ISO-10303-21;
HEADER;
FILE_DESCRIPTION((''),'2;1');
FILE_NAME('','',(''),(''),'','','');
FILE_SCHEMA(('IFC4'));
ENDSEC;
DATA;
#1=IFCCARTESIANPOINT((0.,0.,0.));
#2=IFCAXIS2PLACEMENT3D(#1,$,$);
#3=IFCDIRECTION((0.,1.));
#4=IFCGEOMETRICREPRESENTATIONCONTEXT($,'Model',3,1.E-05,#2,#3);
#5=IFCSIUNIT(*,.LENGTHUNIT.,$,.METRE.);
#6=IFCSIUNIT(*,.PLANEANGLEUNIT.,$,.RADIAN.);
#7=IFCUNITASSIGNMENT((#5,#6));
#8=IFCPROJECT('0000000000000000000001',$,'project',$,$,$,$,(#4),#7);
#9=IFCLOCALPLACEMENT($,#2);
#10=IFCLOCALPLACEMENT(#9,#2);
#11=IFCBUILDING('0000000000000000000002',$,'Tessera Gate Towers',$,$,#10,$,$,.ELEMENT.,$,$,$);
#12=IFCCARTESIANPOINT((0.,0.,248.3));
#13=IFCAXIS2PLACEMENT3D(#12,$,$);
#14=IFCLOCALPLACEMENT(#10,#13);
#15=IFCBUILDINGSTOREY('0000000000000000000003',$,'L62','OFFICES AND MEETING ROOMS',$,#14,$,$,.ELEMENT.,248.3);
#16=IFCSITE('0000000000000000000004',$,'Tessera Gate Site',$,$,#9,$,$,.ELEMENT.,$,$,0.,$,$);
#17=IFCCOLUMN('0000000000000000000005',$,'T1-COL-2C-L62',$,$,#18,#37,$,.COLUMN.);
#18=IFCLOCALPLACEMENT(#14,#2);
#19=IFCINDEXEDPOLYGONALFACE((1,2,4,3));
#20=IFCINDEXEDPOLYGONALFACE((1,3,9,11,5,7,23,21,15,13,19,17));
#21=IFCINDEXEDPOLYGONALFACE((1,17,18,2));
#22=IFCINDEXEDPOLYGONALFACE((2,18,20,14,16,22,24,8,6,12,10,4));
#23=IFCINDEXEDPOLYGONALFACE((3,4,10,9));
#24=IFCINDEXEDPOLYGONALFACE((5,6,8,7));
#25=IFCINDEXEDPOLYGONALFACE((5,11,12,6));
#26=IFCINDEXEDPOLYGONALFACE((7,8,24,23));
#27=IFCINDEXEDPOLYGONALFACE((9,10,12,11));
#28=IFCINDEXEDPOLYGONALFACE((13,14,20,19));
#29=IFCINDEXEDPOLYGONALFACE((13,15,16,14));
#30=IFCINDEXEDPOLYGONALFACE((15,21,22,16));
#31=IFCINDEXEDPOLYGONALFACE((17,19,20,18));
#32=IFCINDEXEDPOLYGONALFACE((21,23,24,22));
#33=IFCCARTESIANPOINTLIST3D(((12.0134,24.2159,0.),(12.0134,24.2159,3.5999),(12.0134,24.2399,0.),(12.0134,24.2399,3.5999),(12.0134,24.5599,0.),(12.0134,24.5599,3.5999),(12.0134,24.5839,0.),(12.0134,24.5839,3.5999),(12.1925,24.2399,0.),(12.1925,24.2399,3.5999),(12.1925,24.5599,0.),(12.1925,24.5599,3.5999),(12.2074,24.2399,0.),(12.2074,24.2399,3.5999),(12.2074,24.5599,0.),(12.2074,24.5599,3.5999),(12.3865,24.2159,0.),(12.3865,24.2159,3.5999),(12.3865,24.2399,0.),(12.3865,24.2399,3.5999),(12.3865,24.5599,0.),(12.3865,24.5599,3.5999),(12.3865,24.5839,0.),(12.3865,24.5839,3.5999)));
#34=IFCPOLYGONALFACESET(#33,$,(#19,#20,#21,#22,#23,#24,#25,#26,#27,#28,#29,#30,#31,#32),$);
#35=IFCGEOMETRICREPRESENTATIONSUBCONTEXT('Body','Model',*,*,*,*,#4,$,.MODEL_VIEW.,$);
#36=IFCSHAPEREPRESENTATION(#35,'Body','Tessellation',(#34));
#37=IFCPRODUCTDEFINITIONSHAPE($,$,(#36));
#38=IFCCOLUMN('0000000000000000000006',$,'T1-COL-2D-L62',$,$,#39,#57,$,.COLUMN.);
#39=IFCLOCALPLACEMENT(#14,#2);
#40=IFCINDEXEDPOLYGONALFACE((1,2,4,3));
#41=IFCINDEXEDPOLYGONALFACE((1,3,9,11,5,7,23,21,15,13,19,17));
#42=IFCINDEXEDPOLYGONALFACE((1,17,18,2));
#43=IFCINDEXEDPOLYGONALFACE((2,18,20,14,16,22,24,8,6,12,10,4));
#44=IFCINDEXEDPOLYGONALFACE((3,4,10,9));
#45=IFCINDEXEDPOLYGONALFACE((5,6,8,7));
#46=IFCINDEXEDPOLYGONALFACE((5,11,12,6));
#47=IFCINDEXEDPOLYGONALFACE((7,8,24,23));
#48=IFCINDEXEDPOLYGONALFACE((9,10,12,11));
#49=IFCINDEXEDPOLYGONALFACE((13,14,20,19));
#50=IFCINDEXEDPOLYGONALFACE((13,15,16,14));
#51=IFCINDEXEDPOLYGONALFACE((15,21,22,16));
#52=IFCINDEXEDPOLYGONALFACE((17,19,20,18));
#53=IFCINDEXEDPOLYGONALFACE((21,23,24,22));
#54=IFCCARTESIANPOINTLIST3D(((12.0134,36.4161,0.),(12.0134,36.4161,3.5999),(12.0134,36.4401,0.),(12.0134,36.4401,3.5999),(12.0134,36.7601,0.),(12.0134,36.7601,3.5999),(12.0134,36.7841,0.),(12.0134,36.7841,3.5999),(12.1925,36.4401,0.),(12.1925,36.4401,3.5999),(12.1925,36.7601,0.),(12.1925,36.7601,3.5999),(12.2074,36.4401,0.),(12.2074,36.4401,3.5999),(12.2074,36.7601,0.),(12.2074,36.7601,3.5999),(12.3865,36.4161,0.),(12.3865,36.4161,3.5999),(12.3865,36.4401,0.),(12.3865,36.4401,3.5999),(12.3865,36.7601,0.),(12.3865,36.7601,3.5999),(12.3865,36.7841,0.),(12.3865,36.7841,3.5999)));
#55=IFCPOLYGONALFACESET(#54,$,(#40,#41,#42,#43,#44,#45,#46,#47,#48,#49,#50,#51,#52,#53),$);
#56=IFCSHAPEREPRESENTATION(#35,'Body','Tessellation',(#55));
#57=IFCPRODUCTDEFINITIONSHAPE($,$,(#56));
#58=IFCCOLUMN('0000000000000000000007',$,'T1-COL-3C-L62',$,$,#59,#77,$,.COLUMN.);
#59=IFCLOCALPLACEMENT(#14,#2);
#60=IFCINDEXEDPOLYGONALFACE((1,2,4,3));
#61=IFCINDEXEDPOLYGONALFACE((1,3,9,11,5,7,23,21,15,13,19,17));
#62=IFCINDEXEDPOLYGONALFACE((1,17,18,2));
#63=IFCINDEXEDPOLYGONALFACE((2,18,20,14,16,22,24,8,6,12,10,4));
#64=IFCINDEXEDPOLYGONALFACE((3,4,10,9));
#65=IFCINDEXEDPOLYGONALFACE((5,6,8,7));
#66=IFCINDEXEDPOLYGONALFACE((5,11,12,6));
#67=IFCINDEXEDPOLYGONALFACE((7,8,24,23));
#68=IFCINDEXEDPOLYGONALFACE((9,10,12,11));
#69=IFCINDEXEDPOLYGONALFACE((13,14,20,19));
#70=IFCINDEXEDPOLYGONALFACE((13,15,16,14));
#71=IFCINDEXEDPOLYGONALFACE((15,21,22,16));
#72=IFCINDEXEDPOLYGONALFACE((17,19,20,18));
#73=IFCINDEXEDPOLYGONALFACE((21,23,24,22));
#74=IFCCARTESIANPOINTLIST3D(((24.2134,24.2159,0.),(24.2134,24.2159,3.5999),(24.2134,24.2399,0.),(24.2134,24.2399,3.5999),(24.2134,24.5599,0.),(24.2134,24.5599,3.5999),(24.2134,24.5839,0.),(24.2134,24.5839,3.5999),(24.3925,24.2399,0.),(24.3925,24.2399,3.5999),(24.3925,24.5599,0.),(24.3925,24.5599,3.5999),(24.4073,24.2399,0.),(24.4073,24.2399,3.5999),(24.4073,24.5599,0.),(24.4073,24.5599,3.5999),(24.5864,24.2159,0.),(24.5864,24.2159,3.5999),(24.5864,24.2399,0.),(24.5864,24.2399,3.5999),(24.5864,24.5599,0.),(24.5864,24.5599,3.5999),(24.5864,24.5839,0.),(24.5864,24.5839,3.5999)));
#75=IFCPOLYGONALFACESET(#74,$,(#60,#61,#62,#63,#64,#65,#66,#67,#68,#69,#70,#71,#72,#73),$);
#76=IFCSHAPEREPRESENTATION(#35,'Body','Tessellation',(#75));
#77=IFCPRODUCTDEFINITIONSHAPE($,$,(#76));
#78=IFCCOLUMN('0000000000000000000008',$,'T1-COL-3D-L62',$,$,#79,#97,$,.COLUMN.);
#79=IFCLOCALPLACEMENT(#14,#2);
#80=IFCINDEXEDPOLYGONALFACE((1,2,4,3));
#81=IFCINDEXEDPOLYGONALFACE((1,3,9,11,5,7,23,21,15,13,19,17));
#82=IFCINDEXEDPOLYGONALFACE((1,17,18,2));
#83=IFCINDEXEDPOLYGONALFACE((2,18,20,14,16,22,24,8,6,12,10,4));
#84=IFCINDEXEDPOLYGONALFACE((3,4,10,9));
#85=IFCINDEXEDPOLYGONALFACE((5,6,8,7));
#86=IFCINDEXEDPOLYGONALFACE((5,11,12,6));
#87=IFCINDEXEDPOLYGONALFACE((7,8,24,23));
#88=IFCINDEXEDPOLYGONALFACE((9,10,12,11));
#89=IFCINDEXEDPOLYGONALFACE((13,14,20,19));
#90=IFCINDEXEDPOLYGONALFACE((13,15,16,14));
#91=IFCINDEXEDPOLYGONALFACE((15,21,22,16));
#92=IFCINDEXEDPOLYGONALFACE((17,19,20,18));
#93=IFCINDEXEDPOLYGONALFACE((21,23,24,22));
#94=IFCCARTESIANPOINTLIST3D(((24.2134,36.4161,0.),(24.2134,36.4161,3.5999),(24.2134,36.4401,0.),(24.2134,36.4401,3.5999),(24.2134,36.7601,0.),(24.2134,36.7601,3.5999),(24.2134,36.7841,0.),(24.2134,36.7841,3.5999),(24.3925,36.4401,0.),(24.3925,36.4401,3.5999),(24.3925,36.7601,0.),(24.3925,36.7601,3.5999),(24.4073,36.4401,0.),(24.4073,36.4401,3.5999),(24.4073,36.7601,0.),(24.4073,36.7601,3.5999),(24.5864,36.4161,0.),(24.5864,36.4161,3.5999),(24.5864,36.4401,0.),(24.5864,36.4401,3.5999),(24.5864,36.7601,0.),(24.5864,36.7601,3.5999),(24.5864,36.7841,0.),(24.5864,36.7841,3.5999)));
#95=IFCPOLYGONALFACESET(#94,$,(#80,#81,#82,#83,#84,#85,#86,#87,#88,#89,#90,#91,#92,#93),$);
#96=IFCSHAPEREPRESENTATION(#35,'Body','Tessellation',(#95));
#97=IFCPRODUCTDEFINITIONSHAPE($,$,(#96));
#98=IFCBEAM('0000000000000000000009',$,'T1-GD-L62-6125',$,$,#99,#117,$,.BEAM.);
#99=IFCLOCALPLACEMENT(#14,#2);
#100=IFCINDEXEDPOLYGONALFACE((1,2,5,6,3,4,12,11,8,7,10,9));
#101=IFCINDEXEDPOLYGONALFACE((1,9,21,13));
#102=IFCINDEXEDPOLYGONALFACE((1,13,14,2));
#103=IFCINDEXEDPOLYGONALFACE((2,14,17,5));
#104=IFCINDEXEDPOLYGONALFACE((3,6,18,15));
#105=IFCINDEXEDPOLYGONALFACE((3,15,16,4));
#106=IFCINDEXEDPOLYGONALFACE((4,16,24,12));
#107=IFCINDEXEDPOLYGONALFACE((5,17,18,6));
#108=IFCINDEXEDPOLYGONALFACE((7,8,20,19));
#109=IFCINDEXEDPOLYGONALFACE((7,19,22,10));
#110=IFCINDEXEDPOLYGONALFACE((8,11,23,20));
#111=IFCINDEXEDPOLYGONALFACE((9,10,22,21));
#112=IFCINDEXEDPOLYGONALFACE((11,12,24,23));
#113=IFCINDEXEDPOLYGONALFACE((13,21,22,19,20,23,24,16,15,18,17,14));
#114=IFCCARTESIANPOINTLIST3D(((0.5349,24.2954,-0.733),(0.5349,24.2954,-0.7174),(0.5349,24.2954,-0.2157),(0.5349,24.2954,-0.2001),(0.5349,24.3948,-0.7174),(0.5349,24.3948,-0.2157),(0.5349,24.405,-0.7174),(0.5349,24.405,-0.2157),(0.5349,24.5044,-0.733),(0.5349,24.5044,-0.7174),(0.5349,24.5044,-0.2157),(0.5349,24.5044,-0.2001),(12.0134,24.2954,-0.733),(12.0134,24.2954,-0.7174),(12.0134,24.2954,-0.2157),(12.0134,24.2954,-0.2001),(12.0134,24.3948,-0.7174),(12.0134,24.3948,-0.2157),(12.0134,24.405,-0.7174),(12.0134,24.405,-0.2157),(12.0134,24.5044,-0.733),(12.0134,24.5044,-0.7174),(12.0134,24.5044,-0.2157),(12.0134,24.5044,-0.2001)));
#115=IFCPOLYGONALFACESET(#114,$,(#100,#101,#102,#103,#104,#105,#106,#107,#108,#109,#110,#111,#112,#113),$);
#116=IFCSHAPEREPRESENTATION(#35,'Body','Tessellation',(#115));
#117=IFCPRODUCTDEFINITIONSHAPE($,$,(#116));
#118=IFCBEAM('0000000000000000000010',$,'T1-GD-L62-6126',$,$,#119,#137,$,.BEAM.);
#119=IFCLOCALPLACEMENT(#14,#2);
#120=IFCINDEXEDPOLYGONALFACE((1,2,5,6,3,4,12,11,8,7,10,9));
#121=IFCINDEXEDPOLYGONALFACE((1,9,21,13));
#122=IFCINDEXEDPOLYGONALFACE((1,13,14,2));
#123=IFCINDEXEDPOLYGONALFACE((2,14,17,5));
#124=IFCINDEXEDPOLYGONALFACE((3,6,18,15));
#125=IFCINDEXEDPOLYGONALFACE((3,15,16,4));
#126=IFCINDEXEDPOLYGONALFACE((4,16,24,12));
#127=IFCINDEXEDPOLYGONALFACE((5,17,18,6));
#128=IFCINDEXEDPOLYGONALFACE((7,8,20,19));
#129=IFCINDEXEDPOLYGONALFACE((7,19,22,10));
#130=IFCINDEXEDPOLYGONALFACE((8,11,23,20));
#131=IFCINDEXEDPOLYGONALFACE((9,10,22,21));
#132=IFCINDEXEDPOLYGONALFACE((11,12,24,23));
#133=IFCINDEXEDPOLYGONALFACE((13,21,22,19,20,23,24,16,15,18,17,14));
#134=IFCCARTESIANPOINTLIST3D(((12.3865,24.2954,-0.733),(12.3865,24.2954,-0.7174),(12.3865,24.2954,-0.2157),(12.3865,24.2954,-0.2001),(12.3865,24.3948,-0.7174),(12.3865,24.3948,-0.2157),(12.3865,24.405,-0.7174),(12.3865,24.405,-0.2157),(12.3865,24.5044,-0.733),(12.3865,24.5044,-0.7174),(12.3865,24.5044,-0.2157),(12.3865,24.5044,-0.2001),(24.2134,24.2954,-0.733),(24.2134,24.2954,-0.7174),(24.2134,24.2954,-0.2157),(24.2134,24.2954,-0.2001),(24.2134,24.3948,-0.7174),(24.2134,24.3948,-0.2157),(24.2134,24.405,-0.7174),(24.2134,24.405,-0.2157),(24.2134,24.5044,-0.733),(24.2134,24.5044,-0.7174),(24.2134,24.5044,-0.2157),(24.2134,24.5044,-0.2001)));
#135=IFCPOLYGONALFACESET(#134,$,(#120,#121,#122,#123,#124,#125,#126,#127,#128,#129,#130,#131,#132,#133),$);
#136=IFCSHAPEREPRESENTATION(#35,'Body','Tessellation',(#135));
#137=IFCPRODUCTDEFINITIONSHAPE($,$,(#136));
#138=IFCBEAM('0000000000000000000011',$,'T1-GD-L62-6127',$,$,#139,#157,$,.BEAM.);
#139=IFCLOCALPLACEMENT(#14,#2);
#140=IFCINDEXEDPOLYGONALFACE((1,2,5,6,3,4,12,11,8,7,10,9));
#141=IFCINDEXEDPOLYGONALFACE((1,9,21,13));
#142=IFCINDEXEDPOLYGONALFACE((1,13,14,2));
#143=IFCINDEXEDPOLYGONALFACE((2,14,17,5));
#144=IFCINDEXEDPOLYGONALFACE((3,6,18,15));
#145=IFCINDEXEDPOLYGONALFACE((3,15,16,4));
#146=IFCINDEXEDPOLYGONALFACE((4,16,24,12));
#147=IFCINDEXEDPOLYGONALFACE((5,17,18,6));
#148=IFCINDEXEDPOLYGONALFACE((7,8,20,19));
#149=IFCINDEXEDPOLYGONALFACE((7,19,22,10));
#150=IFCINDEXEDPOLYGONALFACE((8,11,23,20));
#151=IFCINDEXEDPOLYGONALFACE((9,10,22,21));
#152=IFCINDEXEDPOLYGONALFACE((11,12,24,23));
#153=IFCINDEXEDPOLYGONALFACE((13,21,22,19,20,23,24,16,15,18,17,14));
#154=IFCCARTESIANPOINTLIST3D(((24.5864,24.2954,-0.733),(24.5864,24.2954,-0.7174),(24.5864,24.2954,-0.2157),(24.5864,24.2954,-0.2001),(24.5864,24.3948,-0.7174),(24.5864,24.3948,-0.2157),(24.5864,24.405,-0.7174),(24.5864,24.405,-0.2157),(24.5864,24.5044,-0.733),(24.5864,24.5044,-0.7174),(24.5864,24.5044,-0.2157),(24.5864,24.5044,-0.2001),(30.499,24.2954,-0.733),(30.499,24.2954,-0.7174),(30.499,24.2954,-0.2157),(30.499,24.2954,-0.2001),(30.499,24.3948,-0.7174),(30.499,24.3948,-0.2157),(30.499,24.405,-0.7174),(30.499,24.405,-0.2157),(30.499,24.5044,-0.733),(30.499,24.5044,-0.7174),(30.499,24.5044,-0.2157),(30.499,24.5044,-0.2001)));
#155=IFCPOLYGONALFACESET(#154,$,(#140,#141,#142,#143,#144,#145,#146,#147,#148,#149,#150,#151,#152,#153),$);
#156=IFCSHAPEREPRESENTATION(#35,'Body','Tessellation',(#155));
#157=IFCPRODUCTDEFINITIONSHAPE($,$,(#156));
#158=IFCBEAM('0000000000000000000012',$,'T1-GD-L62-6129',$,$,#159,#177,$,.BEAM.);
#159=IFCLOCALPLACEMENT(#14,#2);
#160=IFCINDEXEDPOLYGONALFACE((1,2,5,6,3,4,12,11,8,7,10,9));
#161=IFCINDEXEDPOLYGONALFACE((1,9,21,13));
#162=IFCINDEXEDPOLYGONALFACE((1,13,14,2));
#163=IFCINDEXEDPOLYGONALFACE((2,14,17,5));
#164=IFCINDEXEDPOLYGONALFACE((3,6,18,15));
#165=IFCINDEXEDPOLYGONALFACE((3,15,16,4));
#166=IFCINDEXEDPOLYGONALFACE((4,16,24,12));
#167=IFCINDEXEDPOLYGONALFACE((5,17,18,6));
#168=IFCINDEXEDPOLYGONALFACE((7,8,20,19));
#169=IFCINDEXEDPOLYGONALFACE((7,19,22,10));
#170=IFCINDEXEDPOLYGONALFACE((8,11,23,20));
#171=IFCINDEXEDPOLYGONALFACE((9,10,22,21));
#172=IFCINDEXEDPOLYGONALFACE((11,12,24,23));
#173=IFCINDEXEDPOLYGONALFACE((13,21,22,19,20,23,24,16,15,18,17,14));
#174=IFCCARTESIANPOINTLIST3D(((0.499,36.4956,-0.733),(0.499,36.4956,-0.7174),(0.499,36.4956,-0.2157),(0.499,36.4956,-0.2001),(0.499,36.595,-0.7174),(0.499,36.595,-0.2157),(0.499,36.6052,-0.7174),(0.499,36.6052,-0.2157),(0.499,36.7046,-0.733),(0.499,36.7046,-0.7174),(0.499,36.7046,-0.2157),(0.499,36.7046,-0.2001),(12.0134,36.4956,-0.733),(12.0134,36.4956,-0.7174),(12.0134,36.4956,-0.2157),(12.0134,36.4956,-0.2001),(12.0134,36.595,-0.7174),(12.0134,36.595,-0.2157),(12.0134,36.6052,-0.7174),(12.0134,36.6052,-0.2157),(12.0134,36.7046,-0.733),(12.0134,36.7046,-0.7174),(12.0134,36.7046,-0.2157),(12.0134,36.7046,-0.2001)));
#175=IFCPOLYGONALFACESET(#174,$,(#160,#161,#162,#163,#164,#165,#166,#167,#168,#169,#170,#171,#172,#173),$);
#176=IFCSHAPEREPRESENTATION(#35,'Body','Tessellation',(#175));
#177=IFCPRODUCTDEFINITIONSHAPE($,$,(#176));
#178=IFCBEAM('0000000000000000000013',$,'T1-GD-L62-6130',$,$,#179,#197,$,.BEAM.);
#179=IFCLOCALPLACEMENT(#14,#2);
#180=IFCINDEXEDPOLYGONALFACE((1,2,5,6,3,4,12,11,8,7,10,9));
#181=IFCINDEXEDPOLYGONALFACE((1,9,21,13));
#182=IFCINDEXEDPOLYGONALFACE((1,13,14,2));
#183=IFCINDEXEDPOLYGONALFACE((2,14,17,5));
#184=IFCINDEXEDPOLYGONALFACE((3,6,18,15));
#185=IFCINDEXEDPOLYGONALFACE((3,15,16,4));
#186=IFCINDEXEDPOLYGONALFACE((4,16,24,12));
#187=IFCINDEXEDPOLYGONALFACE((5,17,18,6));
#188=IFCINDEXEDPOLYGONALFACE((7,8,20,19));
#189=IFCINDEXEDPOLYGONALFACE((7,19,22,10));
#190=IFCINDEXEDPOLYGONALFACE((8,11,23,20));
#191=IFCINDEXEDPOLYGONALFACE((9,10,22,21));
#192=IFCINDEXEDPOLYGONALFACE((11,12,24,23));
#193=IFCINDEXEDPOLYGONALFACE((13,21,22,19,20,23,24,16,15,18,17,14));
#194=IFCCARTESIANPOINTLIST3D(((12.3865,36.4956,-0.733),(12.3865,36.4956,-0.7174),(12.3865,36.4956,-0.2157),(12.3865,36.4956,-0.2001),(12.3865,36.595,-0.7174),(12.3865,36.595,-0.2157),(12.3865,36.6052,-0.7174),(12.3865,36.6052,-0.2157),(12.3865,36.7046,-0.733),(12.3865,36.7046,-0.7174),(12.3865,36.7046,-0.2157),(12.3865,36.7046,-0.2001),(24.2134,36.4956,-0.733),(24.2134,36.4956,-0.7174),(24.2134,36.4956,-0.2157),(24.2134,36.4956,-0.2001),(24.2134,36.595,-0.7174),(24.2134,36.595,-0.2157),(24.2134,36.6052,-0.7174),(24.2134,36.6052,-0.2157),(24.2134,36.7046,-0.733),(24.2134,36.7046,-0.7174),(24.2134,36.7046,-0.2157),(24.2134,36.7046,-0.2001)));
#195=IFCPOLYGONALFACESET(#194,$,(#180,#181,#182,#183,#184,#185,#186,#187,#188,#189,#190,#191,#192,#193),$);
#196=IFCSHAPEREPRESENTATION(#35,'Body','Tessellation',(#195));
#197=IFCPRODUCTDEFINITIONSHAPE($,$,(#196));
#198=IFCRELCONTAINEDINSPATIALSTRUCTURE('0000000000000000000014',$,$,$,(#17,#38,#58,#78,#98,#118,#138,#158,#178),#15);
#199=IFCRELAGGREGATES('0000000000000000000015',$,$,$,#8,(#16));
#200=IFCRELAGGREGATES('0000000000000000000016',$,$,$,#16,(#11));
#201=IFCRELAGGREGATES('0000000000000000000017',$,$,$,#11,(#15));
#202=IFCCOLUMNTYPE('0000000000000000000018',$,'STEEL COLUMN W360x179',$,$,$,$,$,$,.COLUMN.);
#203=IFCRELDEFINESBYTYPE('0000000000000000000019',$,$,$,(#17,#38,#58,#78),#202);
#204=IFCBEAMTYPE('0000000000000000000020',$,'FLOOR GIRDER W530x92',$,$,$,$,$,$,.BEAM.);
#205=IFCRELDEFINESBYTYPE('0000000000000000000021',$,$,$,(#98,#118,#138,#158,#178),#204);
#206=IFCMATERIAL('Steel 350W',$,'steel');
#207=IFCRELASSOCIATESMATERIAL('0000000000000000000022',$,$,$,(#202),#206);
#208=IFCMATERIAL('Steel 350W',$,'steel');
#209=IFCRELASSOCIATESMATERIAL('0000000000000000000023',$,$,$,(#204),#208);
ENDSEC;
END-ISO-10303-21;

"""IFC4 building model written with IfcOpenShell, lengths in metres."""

from ifc_helpers import new_model, si_unit, direction, frame, origin, origin_2d, place, context, subcontext, project, spatial, i_section, extrude, material, material_profile, profile_set, type_object, element, save


model = new_model("IFC4")

# Units and contexts
model_context = context("Model", 3, precision=1e-05, world=origin(), true_north=direction((0.0, 1.0)))
body_context = subcontext(model_context, "Body", "Model", "MODEL_VIEW")
ifc_project = project(units=[si_unit("LENGTHUNIT", "METRE"), si_unit("PLANEANGLEUNIT", "RADIAN")], contexts=[model_context])

# Site, building, storey
site_placement = place(None, origin())
site = spatial("IfcSite", under=ifc_project, at=site_placement, Name="Tessera Gate Site", CompositionType="ELEMENT", RefElevation=0.0)
building_placement = place(site_placement, origin())
building = spatial("IfcBuilding", under=site, at=building_placement, Name="Tessera Gate Towers", CompositionType="ELEMENT")
storey_placement = place(building_placement, frame((0.0, 0.0, 248.3)))
storey = spatial("IfcBuildingStorey", under=building, at=storey_placement, Name="L62", Description="OFFICES AND MEETING ROOMS", CompositionType="ELEMENT", Elevation=248.3)

# Columns
ifc_material_1 = material(Name="Steel 350W", Category="steel")
ifc_material_profile_1 = material_profile(ifc_material_1, i_section(OverallWidth=0.373, OverallDepth=0.3679, WebThickness=0.0149, FlangeThickness=0.0239, at=origin_2d()), Name="W360x179")
ifc_profile_set_1 = profile_set([ifc_material_profile_1], Name="Steel 350W")
column_type = type_object("IfcColumnType", Name="STEEL COLUMN W360x179", PredefinedType="COLUMN", material=ifc_profile_set_1)
for number, where, z_axis, x_axis, name in (
    (1, (12.2, 24.3999, 0.0), (0.0, 0.0, 1.0), (1.0, 0.0, 0.0), "T1-COL-2C-L62"),
    (2, (12.2, 36.6001, 0.0), (0.0, 0.0, 1.0), (1.0, 0.0, 0.0), "T1-COL-2D-L62"),
    (3, (24.3999, 24.3999, 0.0), (0.0, 0.0, 1.0), (1.0, 0.0, 0.0), "T1-COL-3C-L62"),
    (4, (24.3999, 36.6001, 0.0), (0.0, 0.0, 1.0), (1.0, 0.0, 0.0), "T1-COL-3D-L62"),
):
    element("IfcColumn", number, at=place(storey_placement, frame(where, z_axis=z_axis, x_axis=x_axis)), inside=storey, type_object=column_type, Name=name, PredefinedType="COLUMN", context=body_context, shape_type="SweptSolid", body=[
        extrude(i_section(OverallWidth=0.373, OverallDepth=0.3679, WebThickness=0.0149, FlangeThickness=0.0239, at=origin_2d()), origin(), (0.0, 0.0, 1.0), 3.5999),
    ])

# Beams
ifc_material_2 = material(Name="Steel 350W", Category="steel")
ifc_material_profile_2 = material_profile(ifc_material_2, i_section(OverallWidth=0.209, OverallDepth=0.533, WebThickness=0.0103, FlangeThickness=0.0156, at=origin_2d()), Name="W530x92")
ifc_profile_set_2 = profile_set([ifc_material_profile_2], Name="Steel 350W")
beam_type_1 = type_object("IfcBeamType", Name="FLOOR GIRDER W530x92", PredefinedType="BEAM", material=ifc_profile_set_2)
beam_1_placement = place(storey_placement, frame((0.5349, 24.3999, -0.4666), z_axis=(1.0, 0.0, 0.0), x_axis=(0.0, 1.0, 0.0)))
element("IfcBeam", 5, at=beam_1_placement, inside=storey, type_object=beam_type_1, Name="T1-GD-L62-6125", PredefinedType="BEAM", context=body_context, shape_type="SweptSolid", body=[
    extrude(i_section(OverallWidth=0.209, OverallDepth=0.533, WebThickness=0.0103, FlangeThickness=0.0156, at=origin_2d()), origin(), (0.0, 0.0, 1.0), 11.4785),
])
beam_2_placement = place(storey_placement, frame((12.3865, 24.3999, -0.4666), z_axis=(1.0, 0.0, 0.0), x_axis=(0.0, 1.0, 0.0)))
element("IfcBeam", 6, at=beam_2_placement, inside=storey, type_object=beam_type_1, Name="T1-GD-L62-6126", PredefinedType="BEAM", context=body_context, shape_type="SweptSolid", body=[
    extrude(i_section(OverallWidth=0.209, OverallDepth=0.533, WebThickness=0.0103, FlangeThickness=0.0156, at=origin_2d()), origin(), (0.0, 0.0, 1.0), 11.8269),
])
beam_3_placement = place(storey_placement, frame((24.5864, 24.3999, -0.4666), z_axis=(1.0, 0.0, 0.0), x_axis=(0.0, 1.0, 0.0)))
element("IfcBeam", 7, at=beam_3_placement, inside=storey, type_object=beam_type_1, Name="T1-GD-L62-6127", PredefinedType="BEAM", context=body_context, shape_type="SweptSolid", body=[
    extrude(i_section(OverallWidth=0.209, OverallDepth=0.533, WebThickness=0.0103, FlangeThickness=0.0156, at=origin_2d()), origin(), (0.0, 0.0, 1.0), 5.9126),
])
beam_4_placement = place(storey_placement, frame((0.499, 36.6001, -0.4666), z_axis=(1.0, 0.0, 0.0), x_axis=(0.0, 1.0, 0.0)))
element("IfcBeam", 8, at=beam_4_placement, inside=storey, type_object=beam_type_1, Name="T1-GD-L62-6129", PredefinedType="BEAM", context=body_context, shape_type="SweptSolid", body=[
    extrude(i_section(OverallWidth=0.209, OverallDepth=0.533, WebThickness=0.0103, FlangeThickness=0.0156, at=origin_2d()), origin(), (0.0, 0.0, 1.0), 11.5144),
])
beam_5_placement = place(storey_placement, frame((12.3865, 36.6001, -0.4666), z_axis=(1.0, 0.0, 0.0), x_axis=(0.0, 1.0, 0.0)))
element("IfcBeam", 9, at=beam_5_placement, inside=storey, type_object=beam_type_1, Name="T1-GD-L62-6130", PredefinedType="BEAM", context=body_context, shape_type="SweptSolid", body=[
    extrude(i_section(OverallWidth=0.209, OverallDepth=0.533, WebThickness=0.0103, FlangeThickness=0.0156, at=origin_2d()), origin(), (0.0, 0.0, 1.0), 11.8269),
])

save(model, "model.ifc")
